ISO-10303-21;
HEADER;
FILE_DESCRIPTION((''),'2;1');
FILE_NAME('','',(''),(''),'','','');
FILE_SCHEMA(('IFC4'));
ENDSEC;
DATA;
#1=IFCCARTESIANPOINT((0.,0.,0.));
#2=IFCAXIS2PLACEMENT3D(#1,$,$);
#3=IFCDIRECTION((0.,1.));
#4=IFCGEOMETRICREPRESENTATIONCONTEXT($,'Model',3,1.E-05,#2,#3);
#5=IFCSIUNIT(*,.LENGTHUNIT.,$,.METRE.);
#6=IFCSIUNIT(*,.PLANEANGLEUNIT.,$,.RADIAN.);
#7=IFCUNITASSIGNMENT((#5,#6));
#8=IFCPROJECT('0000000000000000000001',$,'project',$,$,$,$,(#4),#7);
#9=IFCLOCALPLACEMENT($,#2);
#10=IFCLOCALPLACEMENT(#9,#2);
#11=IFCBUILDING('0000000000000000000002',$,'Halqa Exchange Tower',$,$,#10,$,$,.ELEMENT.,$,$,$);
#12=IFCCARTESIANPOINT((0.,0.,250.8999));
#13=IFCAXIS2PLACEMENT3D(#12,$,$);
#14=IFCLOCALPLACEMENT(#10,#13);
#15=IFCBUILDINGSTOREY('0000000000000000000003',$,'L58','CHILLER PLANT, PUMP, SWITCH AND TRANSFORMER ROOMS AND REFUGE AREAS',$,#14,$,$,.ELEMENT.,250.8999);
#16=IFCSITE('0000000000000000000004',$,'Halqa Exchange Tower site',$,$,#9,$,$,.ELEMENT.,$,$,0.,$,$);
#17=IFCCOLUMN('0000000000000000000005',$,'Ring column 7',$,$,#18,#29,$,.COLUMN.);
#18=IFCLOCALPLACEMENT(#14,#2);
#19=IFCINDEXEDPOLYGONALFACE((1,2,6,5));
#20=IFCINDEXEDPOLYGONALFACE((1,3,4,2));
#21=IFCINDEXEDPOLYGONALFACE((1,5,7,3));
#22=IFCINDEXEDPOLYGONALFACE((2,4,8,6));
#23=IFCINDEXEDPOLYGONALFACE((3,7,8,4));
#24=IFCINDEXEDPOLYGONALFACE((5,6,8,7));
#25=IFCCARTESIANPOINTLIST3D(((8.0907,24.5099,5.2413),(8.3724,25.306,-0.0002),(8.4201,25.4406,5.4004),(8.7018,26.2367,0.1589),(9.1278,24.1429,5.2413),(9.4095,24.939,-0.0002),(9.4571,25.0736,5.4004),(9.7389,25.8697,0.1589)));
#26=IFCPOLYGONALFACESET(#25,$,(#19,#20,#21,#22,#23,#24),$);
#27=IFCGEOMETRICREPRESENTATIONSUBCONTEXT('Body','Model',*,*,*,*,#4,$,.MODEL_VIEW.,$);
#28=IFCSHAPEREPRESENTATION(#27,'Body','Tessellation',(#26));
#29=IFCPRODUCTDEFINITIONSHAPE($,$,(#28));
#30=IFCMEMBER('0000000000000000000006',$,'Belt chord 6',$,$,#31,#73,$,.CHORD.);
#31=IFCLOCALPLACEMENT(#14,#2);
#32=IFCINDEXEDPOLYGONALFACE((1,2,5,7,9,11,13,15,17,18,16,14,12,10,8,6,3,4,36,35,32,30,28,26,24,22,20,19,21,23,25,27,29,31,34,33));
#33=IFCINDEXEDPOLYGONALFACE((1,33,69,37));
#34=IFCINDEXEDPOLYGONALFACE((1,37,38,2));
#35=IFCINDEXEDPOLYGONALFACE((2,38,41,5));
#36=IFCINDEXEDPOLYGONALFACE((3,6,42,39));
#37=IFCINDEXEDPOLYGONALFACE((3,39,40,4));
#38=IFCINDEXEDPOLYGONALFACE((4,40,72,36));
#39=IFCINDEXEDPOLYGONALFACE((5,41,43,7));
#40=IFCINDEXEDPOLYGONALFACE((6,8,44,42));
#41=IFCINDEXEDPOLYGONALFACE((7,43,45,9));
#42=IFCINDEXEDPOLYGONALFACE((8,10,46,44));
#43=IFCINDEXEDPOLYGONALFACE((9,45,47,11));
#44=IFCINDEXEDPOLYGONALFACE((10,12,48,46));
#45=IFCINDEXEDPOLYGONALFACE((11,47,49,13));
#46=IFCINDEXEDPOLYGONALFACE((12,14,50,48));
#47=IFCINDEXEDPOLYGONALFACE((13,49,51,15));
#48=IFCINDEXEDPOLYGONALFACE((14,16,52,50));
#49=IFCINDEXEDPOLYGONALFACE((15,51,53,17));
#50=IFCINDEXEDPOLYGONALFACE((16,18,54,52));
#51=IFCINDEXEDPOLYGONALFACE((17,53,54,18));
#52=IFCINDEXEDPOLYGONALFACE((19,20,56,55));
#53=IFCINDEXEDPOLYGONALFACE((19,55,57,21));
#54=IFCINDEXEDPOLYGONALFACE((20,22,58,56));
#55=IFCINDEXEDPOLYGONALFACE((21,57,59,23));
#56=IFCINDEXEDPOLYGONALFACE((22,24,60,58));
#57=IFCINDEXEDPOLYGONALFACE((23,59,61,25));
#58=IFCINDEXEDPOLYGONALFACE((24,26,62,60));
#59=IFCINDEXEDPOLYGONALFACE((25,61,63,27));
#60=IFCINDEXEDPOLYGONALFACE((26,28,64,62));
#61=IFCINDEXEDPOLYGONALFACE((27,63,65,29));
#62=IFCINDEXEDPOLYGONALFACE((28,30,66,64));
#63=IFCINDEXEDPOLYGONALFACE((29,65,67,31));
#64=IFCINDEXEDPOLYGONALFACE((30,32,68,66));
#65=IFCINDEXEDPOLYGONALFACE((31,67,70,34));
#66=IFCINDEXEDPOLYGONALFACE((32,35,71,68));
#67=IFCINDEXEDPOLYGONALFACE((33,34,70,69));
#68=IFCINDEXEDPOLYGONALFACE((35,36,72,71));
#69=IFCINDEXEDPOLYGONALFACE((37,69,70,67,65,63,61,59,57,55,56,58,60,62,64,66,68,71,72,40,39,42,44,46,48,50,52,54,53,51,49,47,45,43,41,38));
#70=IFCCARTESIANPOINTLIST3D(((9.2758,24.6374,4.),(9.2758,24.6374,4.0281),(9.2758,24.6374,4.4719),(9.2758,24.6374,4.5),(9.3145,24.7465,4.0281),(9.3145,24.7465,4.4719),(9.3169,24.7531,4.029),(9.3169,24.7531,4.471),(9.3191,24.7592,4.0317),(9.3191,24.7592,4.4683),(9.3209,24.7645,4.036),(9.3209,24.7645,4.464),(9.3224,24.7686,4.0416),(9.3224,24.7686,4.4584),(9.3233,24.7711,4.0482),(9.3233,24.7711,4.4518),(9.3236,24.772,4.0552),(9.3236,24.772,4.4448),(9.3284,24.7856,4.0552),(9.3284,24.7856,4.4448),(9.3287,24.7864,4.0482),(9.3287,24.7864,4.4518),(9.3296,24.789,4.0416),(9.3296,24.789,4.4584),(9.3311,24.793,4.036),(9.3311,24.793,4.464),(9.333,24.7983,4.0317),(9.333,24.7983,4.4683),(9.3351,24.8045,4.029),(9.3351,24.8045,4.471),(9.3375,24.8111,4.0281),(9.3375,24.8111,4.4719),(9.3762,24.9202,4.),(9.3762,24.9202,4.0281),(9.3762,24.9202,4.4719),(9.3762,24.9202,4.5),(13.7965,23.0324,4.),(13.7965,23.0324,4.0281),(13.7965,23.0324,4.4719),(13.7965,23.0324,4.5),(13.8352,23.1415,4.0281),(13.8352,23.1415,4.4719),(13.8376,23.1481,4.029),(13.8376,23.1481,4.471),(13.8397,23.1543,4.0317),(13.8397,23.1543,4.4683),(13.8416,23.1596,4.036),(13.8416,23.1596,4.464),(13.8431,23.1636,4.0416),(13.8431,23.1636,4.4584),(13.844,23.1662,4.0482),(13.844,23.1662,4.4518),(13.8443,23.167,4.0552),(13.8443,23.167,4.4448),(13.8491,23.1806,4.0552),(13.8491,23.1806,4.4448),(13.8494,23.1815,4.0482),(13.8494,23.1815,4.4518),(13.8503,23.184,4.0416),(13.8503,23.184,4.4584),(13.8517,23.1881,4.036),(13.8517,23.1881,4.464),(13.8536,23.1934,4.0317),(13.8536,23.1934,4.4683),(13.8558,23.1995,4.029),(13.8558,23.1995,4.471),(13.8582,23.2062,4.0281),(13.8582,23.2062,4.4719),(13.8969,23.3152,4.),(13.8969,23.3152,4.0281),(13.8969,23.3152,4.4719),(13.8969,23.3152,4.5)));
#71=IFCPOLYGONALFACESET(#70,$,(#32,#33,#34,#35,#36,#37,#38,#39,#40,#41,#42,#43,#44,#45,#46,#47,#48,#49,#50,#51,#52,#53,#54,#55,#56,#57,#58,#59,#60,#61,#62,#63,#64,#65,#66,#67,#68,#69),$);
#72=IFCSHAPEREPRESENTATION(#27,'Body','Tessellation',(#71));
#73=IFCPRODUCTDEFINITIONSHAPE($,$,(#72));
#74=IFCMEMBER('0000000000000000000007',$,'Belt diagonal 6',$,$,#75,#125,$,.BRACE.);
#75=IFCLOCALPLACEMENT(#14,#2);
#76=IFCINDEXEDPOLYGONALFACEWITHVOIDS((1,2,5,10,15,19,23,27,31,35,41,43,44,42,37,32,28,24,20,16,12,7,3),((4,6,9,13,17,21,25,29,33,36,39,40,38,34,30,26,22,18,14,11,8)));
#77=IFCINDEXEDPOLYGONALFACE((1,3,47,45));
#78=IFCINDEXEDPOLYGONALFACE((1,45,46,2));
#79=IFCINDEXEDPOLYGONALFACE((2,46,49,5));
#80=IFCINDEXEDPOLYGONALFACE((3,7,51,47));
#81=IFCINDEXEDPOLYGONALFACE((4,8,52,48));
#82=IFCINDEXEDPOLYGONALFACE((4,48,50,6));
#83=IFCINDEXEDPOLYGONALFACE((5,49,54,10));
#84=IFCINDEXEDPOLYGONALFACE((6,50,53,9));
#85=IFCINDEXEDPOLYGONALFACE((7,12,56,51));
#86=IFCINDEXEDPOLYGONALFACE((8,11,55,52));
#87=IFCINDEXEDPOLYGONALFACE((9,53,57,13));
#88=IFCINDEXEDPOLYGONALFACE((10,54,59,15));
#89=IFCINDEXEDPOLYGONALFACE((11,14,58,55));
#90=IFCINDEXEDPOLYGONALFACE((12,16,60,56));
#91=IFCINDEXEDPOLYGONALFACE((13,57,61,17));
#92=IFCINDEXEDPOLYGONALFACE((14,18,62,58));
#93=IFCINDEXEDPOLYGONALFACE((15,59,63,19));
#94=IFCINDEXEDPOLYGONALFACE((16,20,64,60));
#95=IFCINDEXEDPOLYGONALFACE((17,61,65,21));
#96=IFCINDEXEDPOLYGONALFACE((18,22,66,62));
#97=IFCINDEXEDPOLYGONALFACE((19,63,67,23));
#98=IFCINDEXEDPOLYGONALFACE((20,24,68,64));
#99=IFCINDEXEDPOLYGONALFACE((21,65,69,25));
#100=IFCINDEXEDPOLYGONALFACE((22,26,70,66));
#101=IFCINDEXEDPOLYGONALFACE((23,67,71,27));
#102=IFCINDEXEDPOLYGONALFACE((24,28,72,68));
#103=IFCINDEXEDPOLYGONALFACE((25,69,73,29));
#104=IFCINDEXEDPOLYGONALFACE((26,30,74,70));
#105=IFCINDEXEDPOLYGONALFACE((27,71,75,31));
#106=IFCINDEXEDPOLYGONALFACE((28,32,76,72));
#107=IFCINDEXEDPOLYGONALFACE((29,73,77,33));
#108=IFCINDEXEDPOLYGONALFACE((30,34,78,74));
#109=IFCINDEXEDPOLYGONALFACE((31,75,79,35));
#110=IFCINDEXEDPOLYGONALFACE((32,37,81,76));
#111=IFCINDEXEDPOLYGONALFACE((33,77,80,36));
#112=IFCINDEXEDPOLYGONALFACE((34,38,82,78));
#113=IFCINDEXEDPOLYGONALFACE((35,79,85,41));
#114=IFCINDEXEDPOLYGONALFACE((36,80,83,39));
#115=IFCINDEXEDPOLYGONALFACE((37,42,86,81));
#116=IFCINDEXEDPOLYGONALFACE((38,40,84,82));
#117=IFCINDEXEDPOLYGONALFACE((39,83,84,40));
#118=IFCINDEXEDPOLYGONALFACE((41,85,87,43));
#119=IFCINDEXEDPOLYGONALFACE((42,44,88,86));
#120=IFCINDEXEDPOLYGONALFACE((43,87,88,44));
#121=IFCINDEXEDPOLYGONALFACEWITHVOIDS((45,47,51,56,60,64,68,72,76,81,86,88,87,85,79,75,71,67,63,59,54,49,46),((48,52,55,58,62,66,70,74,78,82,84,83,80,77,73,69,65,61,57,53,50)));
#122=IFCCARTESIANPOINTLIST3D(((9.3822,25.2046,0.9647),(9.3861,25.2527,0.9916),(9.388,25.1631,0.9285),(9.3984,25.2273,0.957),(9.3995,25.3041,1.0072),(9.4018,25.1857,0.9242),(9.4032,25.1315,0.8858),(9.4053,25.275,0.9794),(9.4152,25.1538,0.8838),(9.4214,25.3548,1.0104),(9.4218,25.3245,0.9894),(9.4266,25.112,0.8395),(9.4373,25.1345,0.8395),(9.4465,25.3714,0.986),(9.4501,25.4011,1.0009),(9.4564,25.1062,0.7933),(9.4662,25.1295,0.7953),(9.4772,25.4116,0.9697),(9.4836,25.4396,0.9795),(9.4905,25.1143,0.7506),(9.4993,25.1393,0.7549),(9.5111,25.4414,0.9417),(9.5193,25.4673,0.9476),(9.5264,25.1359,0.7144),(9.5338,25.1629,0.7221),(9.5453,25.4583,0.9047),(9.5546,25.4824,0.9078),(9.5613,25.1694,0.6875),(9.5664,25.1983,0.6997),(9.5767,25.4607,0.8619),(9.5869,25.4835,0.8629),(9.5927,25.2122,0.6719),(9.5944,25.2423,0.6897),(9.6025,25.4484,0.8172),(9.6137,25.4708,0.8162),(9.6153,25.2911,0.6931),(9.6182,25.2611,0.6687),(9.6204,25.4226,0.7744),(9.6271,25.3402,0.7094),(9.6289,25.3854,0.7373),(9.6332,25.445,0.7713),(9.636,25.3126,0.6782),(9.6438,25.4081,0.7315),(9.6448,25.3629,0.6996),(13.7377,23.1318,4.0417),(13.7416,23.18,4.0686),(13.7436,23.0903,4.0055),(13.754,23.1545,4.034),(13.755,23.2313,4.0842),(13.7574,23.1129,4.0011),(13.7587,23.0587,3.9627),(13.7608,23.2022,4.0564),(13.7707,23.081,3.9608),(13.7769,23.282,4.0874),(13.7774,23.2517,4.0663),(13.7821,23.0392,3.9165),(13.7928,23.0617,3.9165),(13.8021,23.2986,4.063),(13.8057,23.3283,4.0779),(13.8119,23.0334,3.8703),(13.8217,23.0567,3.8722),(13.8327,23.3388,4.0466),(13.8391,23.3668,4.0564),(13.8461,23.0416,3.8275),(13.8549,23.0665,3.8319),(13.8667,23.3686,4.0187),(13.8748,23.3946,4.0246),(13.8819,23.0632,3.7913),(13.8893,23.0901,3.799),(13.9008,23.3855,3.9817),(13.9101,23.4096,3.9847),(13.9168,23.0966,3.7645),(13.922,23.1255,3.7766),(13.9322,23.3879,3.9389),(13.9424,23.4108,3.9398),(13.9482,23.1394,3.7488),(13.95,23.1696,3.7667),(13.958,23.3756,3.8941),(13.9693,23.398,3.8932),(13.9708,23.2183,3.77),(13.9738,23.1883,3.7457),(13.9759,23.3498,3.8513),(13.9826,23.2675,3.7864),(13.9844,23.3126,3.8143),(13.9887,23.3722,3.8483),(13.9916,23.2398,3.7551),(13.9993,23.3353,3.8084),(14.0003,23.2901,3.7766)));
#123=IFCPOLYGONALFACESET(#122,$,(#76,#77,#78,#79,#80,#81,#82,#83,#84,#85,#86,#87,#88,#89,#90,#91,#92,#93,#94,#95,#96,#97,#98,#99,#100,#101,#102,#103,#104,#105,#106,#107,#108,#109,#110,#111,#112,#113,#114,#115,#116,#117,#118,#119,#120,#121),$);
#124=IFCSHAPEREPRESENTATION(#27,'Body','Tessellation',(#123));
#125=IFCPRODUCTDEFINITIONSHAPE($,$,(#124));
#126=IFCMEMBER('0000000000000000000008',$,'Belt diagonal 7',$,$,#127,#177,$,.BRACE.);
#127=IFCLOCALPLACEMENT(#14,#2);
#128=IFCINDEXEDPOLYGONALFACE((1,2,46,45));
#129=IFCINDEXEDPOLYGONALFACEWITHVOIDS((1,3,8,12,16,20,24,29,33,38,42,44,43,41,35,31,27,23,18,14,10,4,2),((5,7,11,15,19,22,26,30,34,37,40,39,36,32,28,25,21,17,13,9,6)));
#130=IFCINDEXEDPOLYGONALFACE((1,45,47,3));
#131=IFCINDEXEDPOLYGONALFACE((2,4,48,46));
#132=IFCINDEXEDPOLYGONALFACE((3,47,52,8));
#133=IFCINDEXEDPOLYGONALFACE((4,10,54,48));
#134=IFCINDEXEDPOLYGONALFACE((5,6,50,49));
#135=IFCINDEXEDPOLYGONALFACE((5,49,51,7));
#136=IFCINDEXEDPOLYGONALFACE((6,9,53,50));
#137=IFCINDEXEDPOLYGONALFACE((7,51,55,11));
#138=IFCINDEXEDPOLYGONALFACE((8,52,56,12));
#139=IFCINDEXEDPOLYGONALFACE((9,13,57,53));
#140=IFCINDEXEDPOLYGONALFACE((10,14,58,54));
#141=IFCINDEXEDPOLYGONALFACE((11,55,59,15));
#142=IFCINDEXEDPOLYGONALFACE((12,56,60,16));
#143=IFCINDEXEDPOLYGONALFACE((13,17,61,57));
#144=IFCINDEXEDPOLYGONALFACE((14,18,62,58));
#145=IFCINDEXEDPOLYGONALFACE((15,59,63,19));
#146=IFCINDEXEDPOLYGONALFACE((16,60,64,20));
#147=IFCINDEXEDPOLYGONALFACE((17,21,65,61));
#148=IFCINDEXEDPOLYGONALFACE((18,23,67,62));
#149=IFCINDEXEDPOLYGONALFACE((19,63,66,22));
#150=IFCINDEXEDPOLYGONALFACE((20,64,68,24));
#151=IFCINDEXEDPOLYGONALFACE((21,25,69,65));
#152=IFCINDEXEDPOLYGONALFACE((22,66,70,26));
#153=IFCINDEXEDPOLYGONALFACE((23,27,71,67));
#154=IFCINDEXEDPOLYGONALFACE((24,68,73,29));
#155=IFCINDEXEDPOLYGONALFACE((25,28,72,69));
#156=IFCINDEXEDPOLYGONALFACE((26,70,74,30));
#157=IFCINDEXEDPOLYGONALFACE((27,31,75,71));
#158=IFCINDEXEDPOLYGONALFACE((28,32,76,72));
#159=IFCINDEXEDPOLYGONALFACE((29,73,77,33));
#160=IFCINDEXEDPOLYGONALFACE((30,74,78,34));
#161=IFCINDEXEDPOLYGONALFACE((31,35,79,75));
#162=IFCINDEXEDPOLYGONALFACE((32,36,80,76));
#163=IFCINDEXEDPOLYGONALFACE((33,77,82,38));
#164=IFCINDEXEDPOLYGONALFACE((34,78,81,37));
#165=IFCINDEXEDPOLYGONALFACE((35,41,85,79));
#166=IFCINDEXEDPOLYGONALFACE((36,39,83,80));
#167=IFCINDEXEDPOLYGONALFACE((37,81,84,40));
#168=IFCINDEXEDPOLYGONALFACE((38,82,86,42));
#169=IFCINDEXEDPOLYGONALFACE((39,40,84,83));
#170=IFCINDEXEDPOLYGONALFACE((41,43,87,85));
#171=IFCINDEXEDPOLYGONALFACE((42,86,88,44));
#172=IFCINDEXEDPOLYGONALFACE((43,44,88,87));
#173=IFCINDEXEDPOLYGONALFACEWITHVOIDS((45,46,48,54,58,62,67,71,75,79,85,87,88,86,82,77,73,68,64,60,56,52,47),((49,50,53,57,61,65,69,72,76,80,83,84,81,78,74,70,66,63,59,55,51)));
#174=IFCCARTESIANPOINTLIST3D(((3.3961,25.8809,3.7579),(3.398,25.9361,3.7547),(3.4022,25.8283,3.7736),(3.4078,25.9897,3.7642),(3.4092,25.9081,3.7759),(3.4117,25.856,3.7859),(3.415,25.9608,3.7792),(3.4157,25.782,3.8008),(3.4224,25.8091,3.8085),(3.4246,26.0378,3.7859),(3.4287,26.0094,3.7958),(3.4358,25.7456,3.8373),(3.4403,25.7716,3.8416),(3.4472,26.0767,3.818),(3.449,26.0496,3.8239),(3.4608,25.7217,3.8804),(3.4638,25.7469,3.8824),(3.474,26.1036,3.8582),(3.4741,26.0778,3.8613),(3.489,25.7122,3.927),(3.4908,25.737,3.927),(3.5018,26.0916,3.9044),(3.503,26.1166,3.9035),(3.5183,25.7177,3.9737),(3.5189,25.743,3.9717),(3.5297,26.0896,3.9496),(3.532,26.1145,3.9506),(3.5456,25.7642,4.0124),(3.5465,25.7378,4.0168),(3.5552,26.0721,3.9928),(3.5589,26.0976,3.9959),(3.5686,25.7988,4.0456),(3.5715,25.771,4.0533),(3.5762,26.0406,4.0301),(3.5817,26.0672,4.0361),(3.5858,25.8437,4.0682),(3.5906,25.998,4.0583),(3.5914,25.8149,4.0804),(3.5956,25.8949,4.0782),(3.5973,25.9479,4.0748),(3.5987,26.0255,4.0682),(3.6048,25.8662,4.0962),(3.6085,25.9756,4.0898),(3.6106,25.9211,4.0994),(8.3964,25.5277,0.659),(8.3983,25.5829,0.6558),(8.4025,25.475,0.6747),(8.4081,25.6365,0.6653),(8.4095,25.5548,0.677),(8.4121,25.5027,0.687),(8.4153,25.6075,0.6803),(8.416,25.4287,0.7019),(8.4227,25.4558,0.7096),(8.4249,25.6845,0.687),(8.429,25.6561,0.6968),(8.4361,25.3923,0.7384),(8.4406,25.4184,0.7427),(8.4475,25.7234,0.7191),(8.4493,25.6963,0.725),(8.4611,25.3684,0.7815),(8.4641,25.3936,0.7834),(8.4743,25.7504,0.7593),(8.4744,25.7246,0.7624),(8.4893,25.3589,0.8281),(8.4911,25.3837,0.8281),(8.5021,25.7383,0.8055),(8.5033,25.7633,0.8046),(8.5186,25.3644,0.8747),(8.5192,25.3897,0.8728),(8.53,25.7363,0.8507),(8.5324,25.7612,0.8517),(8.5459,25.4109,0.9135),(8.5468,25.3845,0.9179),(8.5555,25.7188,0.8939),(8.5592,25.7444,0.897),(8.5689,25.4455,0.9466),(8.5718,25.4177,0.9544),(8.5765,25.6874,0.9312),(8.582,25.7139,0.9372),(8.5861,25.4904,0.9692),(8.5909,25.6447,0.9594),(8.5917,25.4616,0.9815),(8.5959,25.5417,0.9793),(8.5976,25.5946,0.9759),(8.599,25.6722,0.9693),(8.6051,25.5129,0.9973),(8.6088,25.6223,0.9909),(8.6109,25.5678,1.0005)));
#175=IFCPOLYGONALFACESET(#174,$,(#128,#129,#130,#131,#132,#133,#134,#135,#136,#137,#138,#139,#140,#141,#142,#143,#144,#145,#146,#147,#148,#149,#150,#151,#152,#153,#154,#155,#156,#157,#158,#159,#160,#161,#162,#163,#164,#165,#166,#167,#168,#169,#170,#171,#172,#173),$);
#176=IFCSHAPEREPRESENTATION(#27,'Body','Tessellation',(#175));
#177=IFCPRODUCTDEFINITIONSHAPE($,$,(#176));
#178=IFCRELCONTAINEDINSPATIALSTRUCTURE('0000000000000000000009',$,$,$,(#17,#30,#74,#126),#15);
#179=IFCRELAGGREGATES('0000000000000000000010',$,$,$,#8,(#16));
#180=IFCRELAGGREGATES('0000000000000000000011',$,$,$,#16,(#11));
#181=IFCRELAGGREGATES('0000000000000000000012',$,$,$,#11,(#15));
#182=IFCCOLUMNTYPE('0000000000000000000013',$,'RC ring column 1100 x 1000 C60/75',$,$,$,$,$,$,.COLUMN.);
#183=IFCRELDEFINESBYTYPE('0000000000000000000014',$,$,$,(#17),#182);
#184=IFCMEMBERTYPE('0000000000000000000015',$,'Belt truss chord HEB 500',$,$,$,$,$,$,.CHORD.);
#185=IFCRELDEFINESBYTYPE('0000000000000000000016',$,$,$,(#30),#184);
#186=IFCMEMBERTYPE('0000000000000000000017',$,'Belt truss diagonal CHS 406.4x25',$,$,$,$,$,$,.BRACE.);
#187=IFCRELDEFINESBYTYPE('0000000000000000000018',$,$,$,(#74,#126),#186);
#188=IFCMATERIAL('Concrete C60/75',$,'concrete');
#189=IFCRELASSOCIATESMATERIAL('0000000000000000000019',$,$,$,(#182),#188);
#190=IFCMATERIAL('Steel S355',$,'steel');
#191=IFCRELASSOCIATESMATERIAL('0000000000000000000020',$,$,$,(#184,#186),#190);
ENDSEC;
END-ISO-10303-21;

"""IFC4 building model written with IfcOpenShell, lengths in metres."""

from ifc_helpers import new_model, si_unit, direction, frame, origin, origin_2d, place, context, subcontext, project, spatial, rectangle, hollow_circle, i_section, extrude, material, material_profile, profile_set, type_object, element, save


model = new_model("IFC4")

# Units and contexts
model_context = context("Model", 3, precision=1e-05, world=origin(), true_north=direction((0.0, 1.0)))
body_context = subcontext(model_context, "Body", "Model", "MODEL_VIEW")
ifc_project = project(units=[si_unit("LENGTHUNIT", "METRE"), si_unit("PLANEANGLEUNIT", "RADIAN")], contexts=[model_context])

# Site, building, storey
site_placement = place(None, origin())
site = spatial("IfcSite", under=ifc_project, at=site_placement, Name="Halqa Exchange Tower site", CompositionType="ELEMENT", RefElevation=0.0)
building_placement = place(site_placement, origin())
building = spatial("IfcBuilding", under=site, at=building_placement, Name="Halqa Exchange Tower", CompositionType="ELEMENT")
storey_placement = place(building_placement, frame((0.0, 0.0, 250.8999)))
storey = spatial("IfcBuildingStorey", under=building, at=storey_placement, Name="L58", Description="CHILLER PLANT, PUMP, SWITCH AND TRANSFORMER ROOMS AND REFUGE AREAS", CompositionType="ELEMENT", Elevation=250.8999)

# Column
ifc_material_1 = material(Name="Concrete C60/75", Category="concrete")
ifc_material_profile_1 = material_profile(ifc_material_1, rectangle(XDim=1.1001, YDim=1.0, at=origin_2d()), Name="1100 x 1000")
ifc_profile_set_1 = profile_set([ifc_material_profile_1], Name="Concrete C60/75")
column_type = type_object("IfcColumnType", Name="RC ring column 1100 x 1000 C60/75", PredefinedType="COLUMN", material=ifc_profile_set_1)
column_placement = place(storey_placement, frame((9.0557, 25.5879, 0.0793), z_axis=(-0.053067, -0.149959, 0.987267), x_axis=(0.942712, -0.333606, 0.0)))
element("IfcColumn", 1, at=column_placement, inside=storey, type_object=column_type, Name="Ring column 7", PredefinedType="COLUMN", context=body_context, shape_type="SweptSolid", body=[
    extrude(rectangle(XDim=1.1001, YDim=1.0, at=origin_2d()), origin(), (0.0, 0.0, 1.0), 5.3091),
])

# Members
ifc_material_2 = material(Name="Steel S355", Category="steel")
ifc_material_profile_2 = material_profile(ifc_material_2, i_section(OverallWidth=0.3, OverallDepth=0.5, WebThickness=0.0144, FlangeThickness=0.0281, FilletRadius=0.0271, at=origin_2d()), Name="HEB 500")
ifc_profile_set_2 = profile_set([ifc_material_profile_2], Name="Steel S355")
member_type_1 = type_object("IfcMemberType", Name="Belt truss chord HEB 500", PredefinedType="CHORD", material=ifc_profile_set_2)
member_1_placement = place(storey_placement, frame((13.8467, 23.1738, 4.25), z_axis=(-0.942372, 0.334566, 0.0), x_axis=(-0.334566, -0.942372, 0.0)))
element("IfcMember", 2, at=member_1_placement, inside=storey, type_object=member_type_1, Name="Belt chord 6", PredefinedType="CHORD", context=body_context, shape_type="SweptSolid", body=[
    extrude(i_section(OverallWidth=0.3, OverallDepth=0.5, WebThickness=0.0144, FlangeThickness=0.0281, FilletRadius=0.0271, at=origin_2d()), origin(), (0.0, 0.0, 1.0), 4.7971),
])
ifc_material_profile_3 = material_profile(ifc_material_2, hollow_circle(Radius=0.2031, WallThickness=0.0249, at=origin_2d()), Name="CHS 406.4x25")
ifc_profile_set_3 = profile_set([ifc_material_profile_3], Name="Steel S355")
member_type_2 = type_object("IfcMemberType", Name="Belt truss diagonal CHS 406.4x25", PredefinedType="BRACE", material=ifc_profile_set_3)
member_2_placement = place(storey_placement, frame((13.8694, 23.2227, 3.9165), z_axis=(-0.761267, 0.362285, -0.537794), x_axis=(-0.429717, -0.902963, 0.0)))
element("IfcMember", 3, at=member_2_placement, inside=storey, type_object=member_type_2, Name="Belt diagonal 6", PredefinedType="BRACE", context=body_context, shape_type="SweptSolid", body=[
    extrude(hollow_circle(Radius=0.2031, WallThickness=0.0249, at=origin_2d()), origin(), (0.0, 0.0, 1.0), 5.7214),
])
member_3_placement = place(storey_placement, frame((8.5037, 25.5615, 0.8281), z_axis=(-0.848471, 0.059945, 0.525836), x_axis=(-0.070475, -0.997514, 0.0)))
element("IfcMember", 4, at=member_3_placement, inside=storey, type_object=member_type_2, Name="Belt diagonal 7", PredefinedType="BRACE", context=body_context, shape_type="SweptSolid", body=[
    extrude(hollow_circle(Radius=0.2031, WallThickness=0.0249, at=origin_2d()), origin(), (0.0, 0.0, 1.0), 5.8933),
])

save(model, "model.ifc")
